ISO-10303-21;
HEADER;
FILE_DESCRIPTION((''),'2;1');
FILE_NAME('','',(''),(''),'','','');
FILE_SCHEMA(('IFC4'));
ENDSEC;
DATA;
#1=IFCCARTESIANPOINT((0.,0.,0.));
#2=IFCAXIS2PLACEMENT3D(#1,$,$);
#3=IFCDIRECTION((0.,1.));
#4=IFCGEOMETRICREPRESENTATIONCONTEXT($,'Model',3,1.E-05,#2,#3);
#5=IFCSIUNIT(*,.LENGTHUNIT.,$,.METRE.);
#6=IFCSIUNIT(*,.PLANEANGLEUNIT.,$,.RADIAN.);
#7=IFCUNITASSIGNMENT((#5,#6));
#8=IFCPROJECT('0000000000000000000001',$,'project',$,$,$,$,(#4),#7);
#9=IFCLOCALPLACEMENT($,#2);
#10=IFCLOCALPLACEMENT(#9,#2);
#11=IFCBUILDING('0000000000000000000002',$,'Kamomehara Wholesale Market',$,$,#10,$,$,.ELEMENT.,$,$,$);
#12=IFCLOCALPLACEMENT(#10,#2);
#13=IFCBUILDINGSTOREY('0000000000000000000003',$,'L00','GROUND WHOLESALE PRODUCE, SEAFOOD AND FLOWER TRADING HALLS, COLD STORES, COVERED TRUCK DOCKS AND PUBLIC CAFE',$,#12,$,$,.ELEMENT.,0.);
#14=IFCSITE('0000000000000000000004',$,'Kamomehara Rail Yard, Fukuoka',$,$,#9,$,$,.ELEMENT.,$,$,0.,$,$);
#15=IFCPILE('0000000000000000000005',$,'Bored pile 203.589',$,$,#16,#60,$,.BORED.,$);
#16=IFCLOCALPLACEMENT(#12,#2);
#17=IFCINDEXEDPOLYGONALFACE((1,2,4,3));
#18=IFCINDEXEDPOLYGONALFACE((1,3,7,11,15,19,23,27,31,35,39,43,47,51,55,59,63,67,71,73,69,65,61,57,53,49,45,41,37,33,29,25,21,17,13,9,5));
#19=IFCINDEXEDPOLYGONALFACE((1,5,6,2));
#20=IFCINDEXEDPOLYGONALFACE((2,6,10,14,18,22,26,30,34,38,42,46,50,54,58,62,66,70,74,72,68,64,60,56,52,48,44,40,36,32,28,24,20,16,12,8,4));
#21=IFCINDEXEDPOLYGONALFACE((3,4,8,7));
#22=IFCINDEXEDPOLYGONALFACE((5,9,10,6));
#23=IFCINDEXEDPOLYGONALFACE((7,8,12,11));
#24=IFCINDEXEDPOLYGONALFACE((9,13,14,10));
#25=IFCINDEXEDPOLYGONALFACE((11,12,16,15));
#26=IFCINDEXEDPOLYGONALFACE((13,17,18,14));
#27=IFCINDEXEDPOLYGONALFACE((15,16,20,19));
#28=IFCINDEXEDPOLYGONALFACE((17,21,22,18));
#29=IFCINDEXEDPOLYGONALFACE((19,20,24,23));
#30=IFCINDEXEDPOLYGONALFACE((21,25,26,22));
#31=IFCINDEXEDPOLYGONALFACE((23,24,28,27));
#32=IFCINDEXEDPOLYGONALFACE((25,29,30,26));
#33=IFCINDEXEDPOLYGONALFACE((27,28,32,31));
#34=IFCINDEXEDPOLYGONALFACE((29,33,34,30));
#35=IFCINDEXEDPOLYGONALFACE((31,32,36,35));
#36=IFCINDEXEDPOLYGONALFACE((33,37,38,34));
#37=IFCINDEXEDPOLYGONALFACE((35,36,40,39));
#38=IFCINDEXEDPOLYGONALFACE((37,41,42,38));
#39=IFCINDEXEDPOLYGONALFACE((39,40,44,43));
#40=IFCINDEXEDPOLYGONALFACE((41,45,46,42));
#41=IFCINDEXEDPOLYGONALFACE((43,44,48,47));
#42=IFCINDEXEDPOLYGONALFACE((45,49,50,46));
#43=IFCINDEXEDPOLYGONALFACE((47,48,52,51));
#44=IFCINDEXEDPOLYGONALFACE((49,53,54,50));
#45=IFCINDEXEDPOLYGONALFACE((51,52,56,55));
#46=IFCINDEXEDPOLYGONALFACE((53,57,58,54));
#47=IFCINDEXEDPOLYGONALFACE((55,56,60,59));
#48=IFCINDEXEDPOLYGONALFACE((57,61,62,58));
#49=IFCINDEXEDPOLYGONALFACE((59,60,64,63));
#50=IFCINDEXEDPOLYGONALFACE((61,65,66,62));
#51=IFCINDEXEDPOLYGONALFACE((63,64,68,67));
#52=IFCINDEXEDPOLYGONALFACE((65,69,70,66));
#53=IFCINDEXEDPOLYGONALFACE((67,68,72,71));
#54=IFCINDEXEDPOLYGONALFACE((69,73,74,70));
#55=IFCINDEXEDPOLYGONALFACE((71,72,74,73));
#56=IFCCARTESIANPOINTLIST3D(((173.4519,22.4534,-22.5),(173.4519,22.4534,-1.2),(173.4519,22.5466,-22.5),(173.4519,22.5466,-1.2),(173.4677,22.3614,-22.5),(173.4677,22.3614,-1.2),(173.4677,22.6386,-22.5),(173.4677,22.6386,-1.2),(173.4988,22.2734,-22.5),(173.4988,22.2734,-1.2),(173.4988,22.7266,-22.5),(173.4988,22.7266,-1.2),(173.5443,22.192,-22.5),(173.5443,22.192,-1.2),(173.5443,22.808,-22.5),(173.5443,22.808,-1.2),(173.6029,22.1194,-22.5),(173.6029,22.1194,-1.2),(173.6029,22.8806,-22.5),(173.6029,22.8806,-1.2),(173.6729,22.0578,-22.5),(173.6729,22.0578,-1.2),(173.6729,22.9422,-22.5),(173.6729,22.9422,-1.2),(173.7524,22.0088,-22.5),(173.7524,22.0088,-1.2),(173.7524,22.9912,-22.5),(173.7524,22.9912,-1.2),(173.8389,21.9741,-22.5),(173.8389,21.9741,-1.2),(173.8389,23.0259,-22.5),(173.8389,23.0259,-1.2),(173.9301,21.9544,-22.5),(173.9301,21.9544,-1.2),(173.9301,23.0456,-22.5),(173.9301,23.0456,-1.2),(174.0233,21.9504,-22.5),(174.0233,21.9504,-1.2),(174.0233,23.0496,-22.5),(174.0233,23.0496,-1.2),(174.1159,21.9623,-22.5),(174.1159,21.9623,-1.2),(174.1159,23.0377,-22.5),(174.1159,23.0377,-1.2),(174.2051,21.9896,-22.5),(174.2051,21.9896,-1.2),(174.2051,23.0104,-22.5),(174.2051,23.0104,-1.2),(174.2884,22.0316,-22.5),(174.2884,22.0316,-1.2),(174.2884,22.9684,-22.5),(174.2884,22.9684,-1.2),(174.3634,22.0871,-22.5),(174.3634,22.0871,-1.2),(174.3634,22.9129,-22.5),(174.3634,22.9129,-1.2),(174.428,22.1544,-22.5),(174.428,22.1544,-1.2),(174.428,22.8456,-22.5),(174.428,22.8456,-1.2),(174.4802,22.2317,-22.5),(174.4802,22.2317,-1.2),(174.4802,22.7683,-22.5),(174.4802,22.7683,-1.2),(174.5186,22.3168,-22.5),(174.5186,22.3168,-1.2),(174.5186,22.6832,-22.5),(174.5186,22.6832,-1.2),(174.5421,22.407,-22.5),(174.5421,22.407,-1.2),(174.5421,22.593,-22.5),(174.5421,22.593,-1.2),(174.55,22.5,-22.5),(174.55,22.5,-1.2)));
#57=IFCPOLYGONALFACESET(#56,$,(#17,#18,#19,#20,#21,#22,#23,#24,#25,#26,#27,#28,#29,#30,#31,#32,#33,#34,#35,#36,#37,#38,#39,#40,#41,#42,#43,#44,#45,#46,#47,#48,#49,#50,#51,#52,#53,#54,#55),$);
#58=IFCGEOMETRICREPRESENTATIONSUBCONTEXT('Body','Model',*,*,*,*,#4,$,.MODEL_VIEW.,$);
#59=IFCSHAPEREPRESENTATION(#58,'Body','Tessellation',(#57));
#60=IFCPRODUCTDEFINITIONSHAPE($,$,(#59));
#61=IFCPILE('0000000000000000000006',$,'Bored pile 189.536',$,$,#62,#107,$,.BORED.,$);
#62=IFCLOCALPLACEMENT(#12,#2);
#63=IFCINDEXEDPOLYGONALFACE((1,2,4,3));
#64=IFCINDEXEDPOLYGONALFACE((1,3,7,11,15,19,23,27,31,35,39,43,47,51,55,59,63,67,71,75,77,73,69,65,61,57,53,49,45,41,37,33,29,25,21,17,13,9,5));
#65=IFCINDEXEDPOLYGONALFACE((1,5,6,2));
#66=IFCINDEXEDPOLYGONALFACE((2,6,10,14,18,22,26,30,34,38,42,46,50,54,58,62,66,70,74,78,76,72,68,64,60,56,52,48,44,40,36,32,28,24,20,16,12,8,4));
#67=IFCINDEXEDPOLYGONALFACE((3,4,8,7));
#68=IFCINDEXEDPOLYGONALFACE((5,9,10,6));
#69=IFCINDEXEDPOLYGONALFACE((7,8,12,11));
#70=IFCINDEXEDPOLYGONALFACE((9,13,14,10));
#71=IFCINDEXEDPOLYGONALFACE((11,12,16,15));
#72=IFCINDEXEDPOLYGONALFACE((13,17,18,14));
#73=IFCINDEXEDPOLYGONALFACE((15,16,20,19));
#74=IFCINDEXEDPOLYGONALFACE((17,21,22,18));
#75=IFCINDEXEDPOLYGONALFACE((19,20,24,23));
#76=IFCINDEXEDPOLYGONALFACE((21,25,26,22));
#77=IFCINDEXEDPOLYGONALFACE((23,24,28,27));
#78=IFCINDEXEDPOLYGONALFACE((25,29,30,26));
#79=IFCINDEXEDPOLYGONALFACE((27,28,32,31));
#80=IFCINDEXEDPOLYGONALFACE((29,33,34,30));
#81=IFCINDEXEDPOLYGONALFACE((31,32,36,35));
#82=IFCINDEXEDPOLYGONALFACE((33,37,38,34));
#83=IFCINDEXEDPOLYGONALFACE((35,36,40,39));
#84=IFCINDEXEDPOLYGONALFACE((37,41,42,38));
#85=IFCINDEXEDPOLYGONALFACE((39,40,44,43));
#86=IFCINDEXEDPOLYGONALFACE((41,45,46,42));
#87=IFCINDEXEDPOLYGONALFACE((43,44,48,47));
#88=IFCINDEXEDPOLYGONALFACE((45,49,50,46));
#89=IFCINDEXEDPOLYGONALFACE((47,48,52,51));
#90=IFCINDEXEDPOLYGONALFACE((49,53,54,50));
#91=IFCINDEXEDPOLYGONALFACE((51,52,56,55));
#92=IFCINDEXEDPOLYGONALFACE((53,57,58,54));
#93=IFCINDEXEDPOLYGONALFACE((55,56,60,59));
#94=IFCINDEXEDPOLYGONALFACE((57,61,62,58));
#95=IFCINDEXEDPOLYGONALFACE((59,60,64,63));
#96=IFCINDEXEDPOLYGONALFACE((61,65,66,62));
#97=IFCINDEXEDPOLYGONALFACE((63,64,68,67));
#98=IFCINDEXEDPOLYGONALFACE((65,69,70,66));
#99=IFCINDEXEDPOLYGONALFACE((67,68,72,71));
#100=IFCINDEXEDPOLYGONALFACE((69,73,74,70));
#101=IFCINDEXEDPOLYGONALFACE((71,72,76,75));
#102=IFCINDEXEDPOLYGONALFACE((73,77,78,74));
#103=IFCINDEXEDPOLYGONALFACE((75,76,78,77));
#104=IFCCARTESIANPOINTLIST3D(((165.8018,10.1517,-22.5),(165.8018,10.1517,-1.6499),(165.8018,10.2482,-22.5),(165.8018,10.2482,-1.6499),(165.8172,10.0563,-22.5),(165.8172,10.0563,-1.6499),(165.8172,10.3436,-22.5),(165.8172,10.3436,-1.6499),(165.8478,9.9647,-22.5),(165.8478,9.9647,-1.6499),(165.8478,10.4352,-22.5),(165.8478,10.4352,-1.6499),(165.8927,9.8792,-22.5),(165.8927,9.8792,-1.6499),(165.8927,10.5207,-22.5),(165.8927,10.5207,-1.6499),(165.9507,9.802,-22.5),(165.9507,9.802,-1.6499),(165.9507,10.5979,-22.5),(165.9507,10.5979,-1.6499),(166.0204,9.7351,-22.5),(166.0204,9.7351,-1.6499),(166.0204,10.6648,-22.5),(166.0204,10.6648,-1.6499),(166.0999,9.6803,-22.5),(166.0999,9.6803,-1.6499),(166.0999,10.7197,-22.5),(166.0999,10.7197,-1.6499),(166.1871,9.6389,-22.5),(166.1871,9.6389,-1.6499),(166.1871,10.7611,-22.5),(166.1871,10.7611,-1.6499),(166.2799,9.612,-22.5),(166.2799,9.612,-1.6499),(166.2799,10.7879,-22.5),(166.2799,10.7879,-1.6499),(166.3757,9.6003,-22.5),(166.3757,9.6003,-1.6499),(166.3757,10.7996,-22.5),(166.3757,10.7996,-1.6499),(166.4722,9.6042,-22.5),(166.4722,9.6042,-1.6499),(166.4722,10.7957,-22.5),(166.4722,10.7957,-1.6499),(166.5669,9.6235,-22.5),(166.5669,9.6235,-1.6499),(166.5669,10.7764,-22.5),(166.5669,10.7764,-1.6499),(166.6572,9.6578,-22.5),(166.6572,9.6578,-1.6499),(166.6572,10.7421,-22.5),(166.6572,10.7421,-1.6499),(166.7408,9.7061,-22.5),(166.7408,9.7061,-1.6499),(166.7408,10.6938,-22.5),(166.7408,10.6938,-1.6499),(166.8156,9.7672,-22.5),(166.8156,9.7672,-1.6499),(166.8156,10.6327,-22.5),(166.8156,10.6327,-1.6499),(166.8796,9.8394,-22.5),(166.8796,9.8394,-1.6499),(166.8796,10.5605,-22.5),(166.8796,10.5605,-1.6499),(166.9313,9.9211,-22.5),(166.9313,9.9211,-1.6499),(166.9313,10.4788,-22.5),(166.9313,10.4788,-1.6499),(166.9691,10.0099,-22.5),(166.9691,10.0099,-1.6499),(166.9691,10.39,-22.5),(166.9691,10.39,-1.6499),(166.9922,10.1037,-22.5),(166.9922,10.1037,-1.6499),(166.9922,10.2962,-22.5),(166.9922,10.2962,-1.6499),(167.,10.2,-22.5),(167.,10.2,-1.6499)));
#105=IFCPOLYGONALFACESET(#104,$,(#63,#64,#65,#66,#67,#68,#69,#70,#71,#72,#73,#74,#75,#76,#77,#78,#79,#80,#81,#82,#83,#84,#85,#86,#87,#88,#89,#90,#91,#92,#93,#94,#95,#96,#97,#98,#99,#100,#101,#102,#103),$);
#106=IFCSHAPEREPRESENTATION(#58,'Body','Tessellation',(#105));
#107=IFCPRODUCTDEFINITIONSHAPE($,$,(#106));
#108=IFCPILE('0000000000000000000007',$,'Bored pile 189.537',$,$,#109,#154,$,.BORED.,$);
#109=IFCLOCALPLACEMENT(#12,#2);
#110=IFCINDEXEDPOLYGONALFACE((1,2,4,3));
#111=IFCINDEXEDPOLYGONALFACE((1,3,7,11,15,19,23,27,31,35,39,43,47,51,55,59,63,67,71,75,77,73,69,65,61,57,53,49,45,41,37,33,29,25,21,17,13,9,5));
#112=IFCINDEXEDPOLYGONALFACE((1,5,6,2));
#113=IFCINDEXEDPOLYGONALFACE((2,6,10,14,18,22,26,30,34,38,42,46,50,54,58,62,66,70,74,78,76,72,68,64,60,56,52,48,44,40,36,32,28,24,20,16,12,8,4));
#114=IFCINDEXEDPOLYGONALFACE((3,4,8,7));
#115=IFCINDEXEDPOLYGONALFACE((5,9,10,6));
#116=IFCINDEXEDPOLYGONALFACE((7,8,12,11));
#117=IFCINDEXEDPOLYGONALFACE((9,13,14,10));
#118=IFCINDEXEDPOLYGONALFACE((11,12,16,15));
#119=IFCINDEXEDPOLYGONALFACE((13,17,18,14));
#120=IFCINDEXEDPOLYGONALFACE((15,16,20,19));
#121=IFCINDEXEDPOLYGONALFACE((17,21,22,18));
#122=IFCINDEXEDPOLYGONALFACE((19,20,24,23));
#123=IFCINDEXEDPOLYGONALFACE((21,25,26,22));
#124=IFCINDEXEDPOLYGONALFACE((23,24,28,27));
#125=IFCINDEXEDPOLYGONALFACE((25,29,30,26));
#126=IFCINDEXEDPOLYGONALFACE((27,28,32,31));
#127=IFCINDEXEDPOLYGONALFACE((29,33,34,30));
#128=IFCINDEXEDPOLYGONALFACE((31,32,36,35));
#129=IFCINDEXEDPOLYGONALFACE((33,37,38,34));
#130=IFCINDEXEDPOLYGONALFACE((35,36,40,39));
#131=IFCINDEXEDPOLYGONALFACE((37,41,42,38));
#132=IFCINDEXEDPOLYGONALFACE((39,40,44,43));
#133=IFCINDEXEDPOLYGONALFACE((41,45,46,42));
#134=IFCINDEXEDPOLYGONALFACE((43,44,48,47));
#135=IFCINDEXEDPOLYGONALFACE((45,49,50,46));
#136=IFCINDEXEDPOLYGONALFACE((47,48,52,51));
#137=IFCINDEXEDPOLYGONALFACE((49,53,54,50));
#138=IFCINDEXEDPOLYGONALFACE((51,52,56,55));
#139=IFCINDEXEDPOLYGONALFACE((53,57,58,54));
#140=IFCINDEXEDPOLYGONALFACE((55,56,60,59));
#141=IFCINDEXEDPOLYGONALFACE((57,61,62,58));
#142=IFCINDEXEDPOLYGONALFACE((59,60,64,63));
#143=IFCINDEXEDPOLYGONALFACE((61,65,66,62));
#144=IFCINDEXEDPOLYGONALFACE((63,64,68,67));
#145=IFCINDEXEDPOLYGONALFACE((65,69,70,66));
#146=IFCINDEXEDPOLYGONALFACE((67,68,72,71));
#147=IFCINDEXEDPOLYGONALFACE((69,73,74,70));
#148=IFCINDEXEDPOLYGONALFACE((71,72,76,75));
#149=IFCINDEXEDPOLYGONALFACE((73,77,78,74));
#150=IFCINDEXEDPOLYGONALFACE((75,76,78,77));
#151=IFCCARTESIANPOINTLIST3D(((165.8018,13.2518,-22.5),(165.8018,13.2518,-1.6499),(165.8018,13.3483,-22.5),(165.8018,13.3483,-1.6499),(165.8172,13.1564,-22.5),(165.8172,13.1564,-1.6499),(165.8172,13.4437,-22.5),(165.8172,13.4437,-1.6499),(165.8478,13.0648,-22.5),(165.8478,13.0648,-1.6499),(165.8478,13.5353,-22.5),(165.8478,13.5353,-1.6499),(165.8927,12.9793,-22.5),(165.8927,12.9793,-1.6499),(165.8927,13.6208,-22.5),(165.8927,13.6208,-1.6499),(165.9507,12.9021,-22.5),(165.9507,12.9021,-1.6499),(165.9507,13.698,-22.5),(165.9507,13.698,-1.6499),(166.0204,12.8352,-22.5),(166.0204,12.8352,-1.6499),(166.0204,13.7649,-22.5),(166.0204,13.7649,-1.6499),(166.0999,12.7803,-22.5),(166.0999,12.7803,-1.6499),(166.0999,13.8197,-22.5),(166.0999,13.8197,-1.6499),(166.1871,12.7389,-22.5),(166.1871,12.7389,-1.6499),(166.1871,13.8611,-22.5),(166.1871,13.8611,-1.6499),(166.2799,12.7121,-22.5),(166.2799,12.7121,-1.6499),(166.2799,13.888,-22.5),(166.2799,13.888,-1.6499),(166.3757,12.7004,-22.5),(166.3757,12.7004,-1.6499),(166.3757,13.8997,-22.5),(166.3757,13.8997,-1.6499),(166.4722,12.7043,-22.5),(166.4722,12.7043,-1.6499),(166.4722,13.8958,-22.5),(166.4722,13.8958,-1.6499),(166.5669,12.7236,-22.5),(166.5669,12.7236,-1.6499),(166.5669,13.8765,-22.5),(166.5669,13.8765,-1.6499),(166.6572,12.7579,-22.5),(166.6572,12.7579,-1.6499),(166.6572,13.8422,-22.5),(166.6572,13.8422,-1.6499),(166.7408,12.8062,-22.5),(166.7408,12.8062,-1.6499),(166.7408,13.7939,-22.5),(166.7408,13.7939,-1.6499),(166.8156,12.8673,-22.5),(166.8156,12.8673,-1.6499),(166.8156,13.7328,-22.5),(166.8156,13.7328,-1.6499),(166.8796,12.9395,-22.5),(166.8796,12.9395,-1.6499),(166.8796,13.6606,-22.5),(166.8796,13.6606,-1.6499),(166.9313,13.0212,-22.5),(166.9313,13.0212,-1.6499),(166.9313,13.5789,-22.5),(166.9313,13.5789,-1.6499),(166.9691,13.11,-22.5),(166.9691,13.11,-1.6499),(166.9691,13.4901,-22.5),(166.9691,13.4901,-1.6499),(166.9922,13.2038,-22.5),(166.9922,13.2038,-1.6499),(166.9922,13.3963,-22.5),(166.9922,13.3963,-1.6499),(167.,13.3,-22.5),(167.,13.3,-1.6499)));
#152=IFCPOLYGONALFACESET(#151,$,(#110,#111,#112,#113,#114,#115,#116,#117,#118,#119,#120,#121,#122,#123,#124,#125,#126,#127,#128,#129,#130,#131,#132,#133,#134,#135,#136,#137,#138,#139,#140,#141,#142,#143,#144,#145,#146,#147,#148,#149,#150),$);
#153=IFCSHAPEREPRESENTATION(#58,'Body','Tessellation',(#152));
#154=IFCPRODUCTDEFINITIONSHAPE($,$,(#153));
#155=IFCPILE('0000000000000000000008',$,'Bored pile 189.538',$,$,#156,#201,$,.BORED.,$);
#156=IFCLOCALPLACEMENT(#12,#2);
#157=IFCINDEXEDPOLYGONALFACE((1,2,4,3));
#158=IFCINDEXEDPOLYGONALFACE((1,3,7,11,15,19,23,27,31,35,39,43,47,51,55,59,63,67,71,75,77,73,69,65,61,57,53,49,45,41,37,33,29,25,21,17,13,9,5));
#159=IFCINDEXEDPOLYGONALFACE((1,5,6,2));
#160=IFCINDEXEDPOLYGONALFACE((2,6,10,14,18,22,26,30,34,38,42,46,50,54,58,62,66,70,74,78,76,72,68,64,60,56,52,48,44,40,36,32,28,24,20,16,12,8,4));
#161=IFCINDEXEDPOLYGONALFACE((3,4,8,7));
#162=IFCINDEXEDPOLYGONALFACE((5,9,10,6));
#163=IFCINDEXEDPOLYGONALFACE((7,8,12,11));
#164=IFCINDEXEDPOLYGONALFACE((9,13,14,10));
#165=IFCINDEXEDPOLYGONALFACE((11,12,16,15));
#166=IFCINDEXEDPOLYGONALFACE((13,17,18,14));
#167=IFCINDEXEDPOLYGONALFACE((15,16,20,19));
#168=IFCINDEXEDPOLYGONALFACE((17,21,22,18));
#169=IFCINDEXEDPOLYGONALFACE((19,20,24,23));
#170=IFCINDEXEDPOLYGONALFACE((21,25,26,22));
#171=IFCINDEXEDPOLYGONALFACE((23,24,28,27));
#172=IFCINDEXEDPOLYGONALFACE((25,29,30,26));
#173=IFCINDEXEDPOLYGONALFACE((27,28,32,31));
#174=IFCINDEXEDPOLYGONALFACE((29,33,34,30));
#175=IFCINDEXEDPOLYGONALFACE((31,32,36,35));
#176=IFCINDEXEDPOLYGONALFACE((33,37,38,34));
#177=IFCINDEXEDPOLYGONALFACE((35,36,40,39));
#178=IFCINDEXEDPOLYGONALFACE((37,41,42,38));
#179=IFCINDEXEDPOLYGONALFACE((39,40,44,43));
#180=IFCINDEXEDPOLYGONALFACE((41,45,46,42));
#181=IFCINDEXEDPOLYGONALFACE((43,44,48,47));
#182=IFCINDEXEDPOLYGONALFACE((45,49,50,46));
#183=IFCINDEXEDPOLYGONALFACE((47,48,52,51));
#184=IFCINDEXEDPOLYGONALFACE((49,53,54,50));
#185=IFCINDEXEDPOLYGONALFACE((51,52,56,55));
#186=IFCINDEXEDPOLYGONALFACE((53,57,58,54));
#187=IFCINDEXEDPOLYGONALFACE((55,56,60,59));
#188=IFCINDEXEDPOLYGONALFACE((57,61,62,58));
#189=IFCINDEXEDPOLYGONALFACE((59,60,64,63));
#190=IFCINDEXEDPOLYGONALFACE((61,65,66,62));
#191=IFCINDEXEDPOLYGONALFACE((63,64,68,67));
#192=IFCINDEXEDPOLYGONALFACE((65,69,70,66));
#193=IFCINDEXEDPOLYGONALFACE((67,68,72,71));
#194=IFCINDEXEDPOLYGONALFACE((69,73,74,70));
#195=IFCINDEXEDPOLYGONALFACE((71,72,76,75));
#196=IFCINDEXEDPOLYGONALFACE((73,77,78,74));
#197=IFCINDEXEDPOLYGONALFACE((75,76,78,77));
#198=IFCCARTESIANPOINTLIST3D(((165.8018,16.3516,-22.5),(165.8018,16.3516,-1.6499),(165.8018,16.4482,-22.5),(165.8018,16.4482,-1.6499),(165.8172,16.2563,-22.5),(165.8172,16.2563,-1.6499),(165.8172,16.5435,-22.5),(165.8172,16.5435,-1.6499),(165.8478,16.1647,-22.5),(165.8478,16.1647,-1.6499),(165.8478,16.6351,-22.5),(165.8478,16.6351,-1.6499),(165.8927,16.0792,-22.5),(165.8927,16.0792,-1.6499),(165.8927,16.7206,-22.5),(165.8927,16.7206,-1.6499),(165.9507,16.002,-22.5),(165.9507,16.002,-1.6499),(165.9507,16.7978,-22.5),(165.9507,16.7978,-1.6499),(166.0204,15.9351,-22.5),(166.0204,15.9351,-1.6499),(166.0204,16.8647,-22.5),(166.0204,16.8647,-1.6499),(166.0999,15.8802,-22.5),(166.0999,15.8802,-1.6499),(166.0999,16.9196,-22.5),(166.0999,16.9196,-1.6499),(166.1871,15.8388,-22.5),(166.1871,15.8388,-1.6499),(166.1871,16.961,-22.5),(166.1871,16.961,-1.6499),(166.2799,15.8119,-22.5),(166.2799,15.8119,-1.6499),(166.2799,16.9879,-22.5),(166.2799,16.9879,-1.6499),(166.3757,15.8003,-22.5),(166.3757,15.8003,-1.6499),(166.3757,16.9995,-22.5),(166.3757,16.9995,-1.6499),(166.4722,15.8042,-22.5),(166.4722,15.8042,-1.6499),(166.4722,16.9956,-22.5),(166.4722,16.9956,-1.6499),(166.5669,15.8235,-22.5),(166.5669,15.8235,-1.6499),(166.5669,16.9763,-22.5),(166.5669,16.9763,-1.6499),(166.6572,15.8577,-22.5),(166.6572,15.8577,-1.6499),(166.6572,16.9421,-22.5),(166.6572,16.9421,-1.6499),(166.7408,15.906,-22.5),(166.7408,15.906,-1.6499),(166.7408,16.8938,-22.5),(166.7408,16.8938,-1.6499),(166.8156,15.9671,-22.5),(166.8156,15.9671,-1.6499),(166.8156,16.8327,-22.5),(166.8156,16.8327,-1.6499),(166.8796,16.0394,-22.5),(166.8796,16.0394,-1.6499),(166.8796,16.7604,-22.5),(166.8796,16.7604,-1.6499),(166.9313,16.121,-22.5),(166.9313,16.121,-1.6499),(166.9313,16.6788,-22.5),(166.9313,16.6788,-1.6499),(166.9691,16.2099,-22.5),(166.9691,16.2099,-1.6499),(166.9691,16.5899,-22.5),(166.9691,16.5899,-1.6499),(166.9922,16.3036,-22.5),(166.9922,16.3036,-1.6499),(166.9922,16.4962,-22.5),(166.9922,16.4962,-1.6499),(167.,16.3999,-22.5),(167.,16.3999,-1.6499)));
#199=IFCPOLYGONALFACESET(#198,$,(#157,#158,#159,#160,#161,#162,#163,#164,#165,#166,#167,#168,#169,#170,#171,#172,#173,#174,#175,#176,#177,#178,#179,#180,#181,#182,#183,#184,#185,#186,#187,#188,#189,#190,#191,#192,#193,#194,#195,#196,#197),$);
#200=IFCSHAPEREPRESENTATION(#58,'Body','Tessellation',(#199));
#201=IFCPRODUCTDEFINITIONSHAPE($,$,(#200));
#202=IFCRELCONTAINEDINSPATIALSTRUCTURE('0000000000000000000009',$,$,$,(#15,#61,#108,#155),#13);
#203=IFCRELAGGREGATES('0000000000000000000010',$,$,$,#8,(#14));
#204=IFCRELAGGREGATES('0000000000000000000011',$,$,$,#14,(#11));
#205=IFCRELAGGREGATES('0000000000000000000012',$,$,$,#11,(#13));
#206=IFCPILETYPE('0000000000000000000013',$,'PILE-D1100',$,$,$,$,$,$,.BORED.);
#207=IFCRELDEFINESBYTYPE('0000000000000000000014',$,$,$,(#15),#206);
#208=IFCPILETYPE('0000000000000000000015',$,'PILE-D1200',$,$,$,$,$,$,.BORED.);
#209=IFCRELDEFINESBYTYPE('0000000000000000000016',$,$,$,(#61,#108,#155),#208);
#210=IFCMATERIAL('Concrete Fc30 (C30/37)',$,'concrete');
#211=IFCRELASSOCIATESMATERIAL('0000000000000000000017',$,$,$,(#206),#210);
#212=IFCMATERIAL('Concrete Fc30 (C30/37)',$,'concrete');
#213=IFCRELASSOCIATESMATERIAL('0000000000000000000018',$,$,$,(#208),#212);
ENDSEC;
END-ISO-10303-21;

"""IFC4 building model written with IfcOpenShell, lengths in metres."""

from ifc_helpers import new_model, si_unit, direction, frame, origin, origin_2d, place, context, subcontext, project, spatial, circle, extrude, material, material_profile, profile_set, type_object, element, save


model = new_model("IFC4")

# Units and contexts
model_context = context("Model", 3, precision=1e-05, world=origin(), true_north=direction((0.0, 1.0)))
body_context = subcontext(model_context, "Body", "Model", "MODEL_VIEW")
ifc_project = project(units=[si_unit("LENGTHUNIT", "METRE"), si_unit("PLANEANGLEUNIT", "RADIAN")], contexts=[model_context])

# Site, building, storey
site_placement = place(None, origin())
site = spatial("IfcSite", under=ifc_project, at=site_placement, Name="Kamomehara Rail Yard, Fukuoka", CompositionType="ELEMENT", RefElevation=0.0)
building_placement = place(site_placement, origin())
building = spatial("IfcBuilding", under=site, at=building_placement, Name="Kamomehara Wholesale Market", CompositionType="ELEMENT")
storey_placement = place(building_placement, origin())
storey = spatial("IfcBuildingStorey", under=building, at=storey_placement, Name="L00", Description="GROUND WHOLESALE PRODUCE, SEAFOOD AND FLOWER TRADING HALLS, COLD STORES, COVERED TRUCK DOCKS AND PUBLIC CAFE", CompositionType="ELEMENT", Elevation=0.0)

# Piles
ifc_material_1 = material(Name="Concrete Fc30 (C30/37)", Category="concrete")
ifc_material_profile_1 = material_profile(ifc_material_1, circle(Radius=0.55, at=origin_2d()), Name="RC-PILE-D1100")
ifc_profile_set_1 = profile_set([ifc_material_profile_1], Name="Concrete Fc30 (C30/37)")
pile_type_1 = type_object("IfcPileType", Name="PILE-D1100", PredefinedType="BORED", material=ifc_profile_set_1)
for number, where, z_axis, x_axis, name in (
    (1, (174.0, 22.5, -1.2), (0.0, 0.0, -1.0), (1.0, 0.0, 0.0), "Bored pile 203.589"),
):
    element("IfcPile", number, at=place(storey_placement, frame(where, z_axis=z_axis, x_axis=x_axis)), inside=storey, type_object=pile_type_1, Name=name, PredefinedType="BORED", context=body_context, shape_type="SweptSolid", body=[
        extrude(circle(Radius=0.55, at=origin_2d()), origin(), (0.0, 0.0, 1.0), 21.3),
    ])
ifc_material_2 = material(Name="Concrete Fc30 (C30/37)", Category="concrete")
ifc_material_profile_2 = material_profile(ifc_material_2, circle(Radius=0.6001, at=origin_2d()), Name="RC-PILE-D1200")
ifc_profile_set_2 = profile_set([ifc_material_profile_2], Name="Concrete Fc30 (C30/37)")
pile_type_2 = type_object("IfcPileType", Name="PILE-D1200", PredefinedType="BORED", material=ifc_profile_set_2)
for number, where, z_axis, x_axis, name in (
    (2, (166.3999, 10.2, -1.6499), (0.0, 0.0, -1.0), (1.0, 0.0, 0.0), "Bored pile 189.536"),
    (3, (166.3999, 13.3, -1.6499), (0.0, 0.0, -1.0), (1.0, 0.0, 0.0), "Bored pile 189.537"),
    (4, (166.3999, 16.3999, -1.6499), (0.0, 0.0, -1.0), (1.0, 0.0, 0.0), "Bored pile 189.538"),
):
    element("IfcPile", number, at=place(storey_placement, frame(where, z_axis=z_axis, x_axis=x_axis)), inside=storey, type_object=pile_type_2, Name=name, PredefinedType="BORED", context=body_context, shape_type="SweptSolid", body=[
        extrude(circle(Radius=0.6001, at=origin_2d()), origin(), (0.0, 0.0, 1.0), 20.8501),
    ])

save(model, "model.ifc")
